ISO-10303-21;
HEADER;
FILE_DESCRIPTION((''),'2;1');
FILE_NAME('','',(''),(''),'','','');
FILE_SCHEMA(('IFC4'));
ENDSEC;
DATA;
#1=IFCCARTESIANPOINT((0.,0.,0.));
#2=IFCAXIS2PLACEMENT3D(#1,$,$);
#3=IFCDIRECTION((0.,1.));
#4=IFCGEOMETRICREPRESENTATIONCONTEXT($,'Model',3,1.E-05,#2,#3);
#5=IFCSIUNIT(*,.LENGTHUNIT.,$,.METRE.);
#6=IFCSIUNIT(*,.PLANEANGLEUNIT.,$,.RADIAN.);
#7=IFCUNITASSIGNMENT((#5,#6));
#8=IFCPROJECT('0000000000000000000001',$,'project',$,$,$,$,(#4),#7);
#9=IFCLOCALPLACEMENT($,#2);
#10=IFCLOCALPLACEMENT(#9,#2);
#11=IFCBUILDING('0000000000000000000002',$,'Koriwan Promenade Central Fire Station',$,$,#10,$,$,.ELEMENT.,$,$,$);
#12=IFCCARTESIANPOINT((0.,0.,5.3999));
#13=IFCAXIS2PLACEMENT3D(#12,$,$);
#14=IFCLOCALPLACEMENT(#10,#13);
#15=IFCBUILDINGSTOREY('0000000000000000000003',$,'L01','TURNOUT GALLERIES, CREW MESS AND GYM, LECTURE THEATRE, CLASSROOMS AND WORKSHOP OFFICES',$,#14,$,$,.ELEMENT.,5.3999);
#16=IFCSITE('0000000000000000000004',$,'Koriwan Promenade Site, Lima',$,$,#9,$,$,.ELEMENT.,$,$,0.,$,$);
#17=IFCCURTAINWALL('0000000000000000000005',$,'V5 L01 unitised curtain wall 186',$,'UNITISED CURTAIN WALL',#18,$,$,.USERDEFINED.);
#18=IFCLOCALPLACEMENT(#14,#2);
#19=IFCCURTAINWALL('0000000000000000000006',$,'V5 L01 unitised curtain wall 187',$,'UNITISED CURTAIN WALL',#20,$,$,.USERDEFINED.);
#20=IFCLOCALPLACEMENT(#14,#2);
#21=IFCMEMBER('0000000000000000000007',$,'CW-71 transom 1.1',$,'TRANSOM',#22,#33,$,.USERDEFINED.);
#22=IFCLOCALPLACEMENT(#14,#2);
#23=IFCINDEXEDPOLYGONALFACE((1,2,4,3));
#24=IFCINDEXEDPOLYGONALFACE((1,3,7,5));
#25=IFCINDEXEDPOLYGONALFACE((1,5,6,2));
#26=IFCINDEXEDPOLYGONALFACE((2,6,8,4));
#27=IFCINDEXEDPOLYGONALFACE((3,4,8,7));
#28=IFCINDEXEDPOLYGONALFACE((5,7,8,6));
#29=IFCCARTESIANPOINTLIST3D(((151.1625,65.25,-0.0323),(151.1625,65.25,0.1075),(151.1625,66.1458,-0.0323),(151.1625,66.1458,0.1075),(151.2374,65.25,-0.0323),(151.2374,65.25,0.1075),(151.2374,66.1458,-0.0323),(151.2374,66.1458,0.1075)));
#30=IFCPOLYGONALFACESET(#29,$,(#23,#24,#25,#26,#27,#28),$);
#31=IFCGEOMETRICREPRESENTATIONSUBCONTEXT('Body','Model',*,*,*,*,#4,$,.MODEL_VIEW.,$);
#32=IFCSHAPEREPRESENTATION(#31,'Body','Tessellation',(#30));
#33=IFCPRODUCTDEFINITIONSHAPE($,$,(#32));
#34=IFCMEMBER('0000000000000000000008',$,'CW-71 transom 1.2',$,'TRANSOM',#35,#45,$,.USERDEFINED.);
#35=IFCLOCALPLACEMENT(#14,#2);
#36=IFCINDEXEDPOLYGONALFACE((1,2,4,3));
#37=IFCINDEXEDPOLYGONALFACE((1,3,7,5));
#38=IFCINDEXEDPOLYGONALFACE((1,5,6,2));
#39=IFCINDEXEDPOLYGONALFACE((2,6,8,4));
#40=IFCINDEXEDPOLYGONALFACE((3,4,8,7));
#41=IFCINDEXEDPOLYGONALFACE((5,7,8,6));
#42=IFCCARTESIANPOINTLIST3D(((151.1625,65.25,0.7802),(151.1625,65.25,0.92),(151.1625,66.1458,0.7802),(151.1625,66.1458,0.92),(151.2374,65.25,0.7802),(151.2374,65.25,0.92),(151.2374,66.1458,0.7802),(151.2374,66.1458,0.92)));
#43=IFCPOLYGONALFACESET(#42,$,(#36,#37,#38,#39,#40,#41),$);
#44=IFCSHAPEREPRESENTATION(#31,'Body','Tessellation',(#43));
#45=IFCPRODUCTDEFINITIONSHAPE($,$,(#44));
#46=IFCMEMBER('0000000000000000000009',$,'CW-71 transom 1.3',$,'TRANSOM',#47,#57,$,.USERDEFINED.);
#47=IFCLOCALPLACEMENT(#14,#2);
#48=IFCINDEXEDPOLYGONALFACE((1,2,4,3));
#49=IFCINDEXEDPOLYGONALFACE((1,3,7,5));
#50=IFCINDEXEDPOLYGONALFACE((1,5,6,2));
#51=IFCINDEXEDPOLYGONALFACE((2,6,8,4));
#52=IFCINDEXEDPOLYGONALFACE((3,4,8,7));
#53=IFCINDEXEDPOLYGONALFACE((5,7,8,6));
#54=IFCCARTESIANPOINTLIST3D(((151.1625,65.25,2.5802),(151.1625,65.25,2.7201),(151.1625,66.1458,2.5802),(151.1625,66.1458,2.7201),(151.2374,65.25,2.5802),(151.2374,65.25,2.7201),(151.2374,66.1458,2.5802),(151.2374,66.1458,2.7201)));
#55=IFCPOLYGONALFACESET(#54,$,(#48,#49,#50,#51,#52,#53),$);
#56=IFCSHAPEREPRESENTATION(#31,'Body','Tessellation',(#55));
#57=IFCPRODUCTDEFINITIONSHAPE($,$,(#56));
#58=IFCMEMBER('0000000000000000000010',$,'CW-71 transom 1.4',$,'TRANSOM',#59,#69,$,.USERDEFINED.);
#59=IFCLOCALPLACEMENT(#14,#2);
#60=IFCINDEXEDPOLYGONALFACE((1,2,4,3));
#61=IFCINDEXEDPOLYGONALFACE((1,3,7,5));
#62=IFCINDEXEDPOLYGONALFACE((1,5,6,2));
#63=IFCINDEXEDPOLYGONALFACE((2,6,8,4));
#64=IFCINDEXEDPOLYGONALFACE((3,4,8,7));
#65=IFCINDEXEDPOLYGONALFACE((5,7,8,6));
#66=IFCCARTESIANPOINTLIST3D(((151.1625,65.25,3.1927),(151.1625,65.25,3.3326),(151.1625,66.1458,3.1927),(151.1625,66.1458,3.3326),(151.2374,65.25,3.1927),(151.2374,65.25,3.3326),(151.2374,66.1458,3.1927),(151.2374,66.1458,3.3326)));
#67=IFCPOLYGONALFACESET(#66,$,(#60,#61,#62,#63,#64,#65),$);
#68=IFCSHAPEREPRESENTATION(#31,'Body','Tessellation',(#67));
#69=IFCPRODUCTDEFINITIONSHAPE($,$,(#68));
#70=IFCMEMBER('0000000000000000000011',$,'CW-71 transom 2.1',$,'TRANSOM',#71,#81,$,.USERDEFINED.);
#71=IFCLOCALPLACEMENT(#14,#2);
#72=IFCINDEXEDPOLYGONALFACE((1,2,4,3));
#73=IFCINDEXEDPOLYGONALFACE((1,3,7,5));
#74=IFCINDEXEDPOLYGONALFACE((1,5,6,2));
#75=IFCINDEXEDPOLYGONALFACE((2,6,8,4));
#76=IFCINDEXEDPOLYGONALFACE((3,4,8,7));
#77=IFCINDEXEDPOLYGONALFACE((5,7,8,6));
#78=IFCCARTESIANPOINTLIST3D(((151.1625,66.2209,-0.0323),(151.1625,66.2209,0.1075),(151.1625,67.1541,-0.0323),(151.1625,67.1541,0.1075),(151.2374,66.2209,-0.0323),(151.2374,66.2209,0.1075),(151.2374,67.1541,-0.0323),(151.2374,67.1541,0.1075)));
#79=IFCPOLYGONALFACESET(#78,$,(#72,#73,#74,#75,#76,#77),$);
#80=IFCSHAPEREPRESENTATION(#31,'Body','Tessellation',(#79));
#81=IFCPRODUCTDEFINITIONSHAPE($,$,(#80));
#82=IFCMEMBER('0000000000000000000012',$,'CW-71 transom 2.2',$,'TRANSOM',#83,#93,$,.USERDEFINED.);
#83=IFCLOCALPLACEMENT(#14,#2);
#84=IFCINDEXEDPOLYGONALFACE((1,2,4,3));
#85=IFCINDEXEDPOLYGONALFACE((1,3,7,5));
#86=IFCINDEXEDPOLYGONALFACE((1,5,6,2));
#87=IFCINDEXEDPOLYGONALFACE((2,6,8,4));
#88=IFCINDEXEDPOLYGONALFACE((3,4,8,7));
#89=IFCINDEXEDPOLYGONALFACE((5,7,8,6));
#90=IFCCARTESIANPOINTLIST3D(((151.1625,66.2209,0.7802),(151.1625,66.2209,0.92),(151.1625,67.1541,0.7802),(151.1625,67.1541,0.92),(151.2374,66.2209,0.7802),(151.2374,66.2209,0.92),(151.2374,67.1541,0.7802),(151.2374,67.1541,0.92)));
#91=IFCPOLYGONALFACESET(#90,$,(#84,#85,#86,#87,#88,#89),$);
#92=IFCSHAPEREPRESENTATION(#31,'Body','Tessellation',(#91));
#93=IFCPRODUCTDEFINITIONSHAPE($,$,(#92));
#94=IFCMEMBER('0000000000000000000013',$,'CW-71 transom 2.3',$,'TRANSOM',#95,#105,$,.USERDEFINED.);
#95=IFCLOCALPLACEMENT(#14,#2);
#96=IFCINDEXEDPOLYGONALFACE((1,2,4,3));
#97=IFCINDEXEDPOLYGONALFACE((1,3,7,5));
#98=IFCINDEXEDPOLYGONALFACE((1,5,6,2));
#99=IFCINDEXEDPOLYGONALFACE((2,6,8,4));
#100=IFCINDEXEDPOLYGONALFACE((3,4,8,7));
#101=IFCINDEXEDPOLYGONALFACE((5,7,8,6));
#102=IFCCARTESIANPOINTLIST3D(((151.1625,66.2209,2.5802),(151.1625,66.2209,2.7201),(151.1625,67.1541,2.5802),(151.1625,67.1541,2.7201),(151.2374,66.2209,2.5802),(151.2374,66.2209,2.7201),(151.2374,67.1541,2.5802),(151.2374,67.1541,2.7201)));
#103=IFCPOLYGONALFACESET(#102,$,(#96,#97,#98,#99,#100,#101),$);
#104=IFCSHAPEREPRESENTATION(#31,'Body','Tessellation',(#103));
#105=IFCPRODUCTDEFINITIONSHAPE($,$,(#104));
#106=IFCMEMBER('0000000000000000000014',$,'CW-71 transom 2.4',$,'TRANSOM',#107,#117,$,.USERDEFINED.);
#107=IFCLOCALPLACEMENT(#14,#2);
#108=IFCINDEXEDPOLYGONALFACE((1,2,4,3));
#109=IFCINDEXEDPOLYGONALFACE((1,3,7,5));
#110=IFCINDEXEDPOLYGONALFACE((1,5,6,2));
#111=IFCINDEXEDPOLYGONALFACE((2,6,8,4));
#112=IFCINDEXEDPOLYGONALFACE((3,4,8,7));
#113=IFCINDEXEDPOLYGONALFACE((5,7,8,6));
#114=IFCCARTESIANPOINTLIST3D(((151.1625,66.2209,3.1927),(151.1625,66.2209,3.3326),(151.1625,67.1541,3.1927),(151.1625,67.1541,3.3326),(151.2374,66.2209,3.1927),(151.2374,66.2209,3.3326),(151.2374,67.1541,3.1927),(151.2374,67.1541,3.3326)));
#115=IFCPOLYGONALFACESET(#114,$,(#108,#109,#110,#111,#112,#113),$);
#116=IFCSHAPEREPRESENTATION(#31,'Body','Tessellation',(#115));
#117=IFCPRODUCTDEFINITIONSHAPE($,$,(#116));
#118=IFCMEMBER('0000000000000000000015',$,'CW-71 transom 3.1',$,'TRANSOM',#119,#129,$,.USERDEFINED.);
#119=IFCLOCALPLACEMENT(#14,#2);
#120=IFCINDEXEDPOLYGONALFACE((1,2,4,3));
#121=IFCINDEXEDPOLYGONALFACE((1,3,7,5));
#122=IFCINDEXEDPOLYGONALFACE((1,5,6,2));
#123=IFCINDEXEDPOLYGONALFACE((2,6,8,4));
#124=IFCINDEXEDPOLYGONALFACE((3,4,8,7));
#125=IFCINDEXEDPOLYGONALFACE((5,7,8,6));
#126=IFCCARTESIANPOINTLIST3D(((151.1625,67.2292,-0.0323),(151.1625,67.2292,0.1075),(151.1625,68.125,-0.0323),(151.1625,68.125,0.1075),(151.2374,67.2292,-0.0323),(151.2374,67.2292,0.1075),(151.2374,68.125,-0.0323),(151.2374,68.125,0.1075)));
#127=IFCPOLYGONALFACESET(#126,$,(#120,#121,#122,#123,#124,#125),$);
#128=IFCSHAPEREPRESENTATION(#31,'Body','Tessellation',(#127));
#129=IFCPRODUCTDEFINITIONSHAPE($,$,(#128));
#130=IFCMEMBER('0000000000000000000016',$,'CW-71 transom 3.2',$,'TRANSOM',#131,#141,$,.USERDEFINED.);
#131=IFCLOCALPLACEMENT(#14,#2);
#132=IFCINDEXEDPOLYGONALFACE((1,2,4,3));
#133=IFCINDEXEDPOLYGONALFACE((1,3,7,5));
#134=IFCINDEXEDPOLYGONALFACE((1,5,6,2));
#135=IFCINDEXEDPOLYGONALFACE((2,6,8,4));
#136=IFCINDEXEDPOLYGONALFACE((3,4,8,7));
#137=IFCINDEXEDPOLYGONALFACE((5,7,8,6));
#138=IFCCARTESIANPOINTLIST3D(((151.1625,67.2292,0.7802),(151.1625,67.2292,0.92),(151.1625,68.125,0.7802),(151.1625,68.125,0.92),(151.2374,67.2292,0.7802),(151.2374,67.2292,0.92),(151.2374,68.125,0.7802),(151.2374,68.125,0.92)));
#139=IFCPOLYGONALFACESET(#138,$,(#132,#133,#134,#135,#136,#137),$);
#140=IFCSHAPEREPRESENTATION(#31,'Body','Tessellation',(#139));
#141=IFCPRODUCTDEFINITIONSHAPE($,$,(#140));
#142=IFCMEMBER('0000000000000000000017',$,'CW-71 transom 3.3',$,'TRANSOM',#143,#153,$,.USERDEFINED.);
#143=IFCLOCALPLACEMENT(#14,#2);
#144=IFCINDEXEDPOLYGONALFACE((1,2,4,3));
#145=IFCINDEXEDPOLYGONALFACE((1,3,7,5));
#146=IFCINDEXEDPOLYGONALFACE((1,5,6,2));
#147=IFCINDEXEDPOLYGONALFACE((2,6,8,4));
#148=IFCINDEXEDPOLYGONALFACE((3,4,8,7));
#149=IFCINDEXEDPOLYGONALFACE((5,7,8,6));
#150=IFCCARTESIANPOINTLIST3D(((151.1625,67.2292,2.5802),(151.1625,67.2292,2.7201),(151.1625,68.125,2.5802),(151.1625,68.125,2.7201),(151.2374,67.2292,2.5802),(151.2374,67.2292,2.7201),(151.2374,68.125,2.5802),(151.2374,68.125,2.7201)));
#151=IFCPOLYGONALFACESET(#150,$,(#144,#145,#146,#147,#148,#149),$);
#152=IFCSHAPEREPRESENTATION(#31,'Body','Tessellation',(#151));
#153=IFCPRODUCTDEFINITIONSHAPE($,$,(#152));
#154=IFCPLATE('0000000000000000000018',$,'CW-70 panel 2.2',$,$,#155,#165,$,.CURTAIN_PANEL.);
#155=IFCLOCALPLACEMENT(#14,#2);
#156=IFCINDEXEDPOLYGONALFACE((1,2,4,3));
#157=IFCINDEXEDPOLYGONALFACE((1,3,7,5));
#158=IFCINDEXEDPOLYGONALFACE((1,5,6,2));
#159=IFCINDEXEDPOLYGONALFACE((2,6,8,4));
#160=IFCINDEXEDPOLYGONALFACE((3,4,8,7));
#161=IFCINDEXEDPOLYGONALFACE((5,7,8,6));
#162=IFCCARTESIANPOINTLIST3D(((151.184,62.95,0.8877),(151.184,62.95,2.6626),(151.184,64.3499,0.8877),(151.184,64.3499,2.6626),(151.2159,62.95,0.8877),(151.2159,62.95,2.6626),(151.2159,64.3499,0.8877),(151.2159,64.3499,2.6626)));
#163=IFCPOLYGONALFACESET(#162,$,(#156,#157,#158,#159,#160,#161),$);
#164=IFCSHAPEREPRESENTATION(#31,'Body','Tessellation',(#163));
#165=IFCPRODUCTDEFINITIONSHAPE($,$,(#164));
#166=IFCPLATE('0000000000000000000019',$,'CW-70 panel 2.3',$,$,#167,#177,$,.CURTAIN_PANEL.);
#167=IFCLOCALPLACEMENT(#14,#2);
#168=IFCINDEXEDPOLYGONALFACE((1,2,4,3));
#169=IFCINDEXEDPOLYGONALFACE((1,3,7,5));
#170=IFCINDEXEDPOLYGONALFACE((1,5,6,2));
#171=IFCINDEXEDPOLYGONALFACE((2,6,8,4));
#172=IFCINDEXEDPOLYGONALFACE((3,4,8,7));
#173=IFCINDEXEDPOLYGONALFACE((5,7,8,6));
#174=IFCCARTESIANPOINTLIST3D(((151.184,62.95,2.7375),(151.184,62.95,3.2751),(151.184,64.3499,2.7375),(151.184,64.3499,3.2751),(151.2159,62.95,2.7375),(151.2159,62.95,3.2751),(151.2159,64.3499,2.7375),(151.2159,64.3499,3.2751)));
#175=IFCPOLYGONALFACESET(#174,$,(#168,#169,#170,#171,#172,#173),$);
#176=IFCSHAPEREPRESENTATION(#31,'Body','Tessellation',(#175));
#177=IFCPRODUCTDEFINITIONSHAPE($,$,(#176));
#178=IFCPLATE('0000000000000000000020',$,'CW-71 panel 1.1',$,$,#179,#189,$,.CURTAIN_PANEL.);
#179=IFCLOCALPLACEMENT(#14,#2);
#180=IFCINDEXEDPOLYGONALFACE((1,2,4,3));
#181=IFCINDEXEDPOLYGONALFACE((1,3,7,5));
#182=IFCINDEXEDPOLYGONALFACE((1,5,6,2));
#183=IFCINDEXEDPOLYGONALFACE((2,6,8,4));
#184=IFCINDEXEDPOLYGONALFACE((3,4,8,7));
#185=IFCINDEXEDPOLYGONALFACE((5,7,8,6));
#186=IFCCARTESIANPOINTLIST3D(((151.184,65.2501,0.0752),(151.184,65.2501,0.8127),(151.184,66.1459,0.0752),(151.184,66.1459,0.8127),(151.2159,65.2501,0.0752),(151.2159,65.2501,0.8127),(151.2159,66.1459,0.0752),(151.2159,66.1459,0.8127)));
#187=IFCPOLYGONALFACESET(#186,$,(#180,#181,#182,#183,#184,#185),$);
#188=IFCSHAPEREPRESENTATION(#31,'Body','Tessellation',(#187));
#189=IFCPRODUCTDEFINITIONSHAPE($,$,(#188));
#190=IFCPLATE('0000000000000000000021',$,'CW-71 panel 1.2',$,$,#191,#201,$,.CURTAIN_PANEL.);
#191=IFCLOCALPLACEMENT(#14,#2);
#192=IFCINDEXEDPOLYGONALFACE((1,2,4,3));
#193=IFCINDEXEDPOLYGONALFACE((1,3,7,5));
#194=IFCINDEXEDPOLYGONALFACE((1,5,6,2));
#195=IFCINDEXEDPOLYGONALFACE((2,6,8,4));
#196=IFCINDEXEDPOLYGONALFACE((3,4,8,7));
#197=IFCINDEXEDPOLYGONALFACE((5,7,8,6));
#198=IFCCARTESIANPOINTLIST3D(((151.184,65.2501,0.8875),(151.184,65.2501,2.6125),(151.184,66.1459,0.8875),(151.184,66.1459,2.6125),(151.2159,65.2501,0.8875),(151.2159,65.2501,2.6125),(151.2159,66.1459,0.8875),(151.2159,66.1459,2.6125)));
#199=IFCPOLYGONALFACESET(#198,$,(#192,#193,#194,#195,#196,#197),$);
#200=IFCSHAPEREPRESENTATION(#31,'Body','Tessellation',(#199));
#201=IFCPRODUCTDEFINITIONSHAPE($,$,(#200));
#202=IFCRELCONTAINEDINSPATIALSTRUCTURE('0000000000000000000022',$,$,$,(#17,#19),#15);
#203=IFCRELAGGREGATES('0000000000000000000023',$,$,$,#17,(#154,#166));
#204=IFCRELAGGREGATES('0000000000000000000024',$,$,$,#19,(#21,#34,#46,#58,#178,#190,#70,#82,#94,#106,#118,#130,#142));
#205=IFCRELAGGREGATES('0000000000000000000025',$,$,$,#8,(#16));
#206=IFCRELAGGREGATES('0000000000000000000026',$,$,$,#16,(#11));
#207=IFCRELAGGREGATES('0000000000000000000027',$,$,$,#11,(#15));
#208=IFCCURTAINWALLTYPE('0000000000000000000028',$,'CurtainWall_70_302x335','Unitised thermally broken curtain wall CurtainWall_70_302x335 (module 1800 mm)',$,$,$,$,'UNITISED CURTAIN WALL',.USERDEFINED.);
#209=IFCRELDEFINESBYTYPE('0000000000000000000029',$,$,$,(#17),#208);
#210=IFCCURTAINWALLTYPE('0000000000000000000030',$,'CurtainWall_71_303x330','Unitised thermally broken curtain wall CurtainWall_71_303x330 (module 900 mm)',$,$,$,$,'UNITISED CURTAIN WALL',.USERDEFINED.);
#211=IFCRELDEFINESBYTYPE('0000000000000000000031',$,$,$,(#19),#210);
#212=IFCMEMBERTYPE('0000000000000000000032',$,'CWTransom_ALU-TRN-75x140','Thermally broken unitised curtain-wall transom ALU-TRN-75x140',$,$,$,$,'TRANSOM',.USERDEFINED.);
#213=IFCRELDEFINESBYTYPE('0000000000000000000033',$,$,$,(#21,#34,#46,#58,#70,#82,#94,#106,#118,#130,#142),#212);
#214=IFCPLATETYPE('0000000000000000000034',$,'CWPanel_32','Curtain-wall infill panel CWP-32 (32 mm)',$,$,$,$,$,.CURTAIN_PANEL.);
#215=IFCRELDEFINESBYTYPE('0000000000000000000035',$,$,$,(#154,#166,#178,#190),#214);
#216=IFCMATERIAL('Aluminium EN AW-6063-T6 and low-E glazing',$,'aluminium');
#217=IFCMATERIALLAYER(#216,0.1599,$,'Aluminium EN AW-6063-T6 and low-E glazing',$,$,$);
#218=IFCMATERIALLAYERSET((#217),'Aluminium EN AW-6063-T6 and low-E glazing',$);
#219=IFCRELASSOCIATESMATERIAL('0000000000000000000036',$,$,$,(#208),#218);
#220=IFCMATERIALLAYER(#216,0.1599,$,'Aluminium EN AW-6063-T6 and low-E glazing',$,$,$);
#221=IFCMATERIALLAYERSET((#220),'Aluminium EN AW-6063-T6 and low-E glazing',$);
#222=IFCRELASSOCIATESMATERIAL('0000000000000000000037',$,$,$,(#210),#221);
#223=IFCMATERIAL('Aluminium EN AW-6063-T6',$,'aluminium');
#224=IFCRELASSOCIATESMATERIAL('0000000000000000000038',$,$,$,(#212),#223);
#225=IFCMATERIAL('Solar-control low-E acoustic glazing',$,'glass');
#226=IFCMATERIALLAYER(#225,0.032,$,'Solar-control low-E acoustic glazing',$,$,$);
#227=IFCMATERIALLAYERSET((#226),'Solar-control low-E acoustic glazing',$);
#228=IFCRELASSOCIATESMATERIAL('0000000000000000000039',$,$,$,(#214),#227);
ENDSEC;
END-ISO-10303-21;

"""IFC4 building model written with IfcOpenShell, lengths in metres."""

from ifc_helpers import new_model, si_unit, direction, frame, origin, origin_2d, place, context, subcontext, project, spatial, rectangle, extrude, material, layer, layer_set, material_profile, profile_set, type_object, element, aggregate, save


model = new_model("IFC4")

# Units and contexts
model_context = context("Model", 3, precision=1e-05, world=origin(), true_north=direction((0.0, 1.0)))
body_context = subcontext(model_context, "Body", "Model", "MODEL_VIEW")
ifc_project = project(units=[si_unit("LENGTHUNIT", "METRE"), si_unit("PLANEANGLEUNIT", "RADIAN")], contexts=[model_context])

# Site, building, storey
site_placement = place(None, origin())
site = spatial("IfcSite", under=ifc_project, at=site_placement, Name="Koriwan Promenade Site, Lima", CompositionType="ELEMENT", RefElevation=0.0)
building_placement = place(site_placement, origin())
building = spatial("IfcBuilding", under=site, at=building_placement, Name="Koriwan Promenade Central Fire Station", CompositionType="ELEMENT")
storey_placement = place(building_placement, frame((0.0, 0.0, 5.3999)))
storey = spatial("IfcBuildingStorey", under=building, at=storey_placement, Name="L01", Description="TURNOUT GALLERIES, CREW MESS AND GYM, LECTURE THEATRE, CLASSROOMS AND WORKSHOP OFFICES", CompositionType="ELEMENT", Elevation=5.3999)

# Curtain wall
ifc_material_1 = material(Name="Aluminium EN AW-6063-T6 and low-E glazing", Category="aluminium")
ifc_layer_1 = layer(ifc_material_1, 0.1599, Name="Aluminium EN AW-6063-T6 and low-E glazing")
ifc_layer_set_1 = layer_set([ifc_layer_1], Name="Aluminium EN AW-6063-T6 and low-E glazing")
curtain_wall_type_1 = type_object("IfcCurtainWallType", Name="CurtainWall_70_302x335", Description="Unitised thermally broken curtain wall CurtainWall_70_302x335 (module 1800 mm)", ElementType="UNITISED CURTAIN WALL", PredefinedType="USERDEFINED", material=ifc_layer_set_1)
curtain_wall_1_placement = place(storey_placement, origin())
curtain_wall_1 = element("IfcCurtainWall", 1, at=curtain_wall_1_placement, inside=storey, type_object=curtain_wall_type_1, Name="V5 L01 unitised curtain wall 186", ObjectType="UNITISED CURTAIN WALL", PredefinedType="USERDEFINED")
ifc_material_2 = material(Name="Aluminium EN AW-6063-T6", Category="aluminium")

# Curtain wall, members
ifc_layer_2 = layer(ifc_material_1, 0.1599, Name="Aluminium EN AW-6063-T6 and low-E glazing")
ifc_layer_set_2 = layer_set([ifc_layer_2], Name="Aluminium EN AW-6063-T6 and low-E glazing")
curtain_wall_type_2 = type_object("IfcCurtainWallType", Name="CurtainWall_71_303x330", Description="Unitised thermally broken curtain wall CurtainWall_71_303x330 (module 900 mm)", ElementType="UNITISED CURTAIN WALL", PredefinedType="USERDEFINED", material=ifc_layer_set_2)
curtain_wall_2_placement = place(storey_placement, origin())
curtain_wall_2 = element("IfcCurtainWall", 2, at=curtain_wall_2_placement, inside=storey, type_object=curtain_wall_type_2, Name="V5 L01 unitised curtain wall 187", ObjectType="UNITISED CURTAIN WALL", PredefinedType="USERDEFINED")
ifc_material_profile_1 = material_profile(ifc_material_2, rectangle(XDim=0.075, YDim=0.1399, at=origin_2d()), Name="ALU-TRN-75x140")
ifc_profile_set_1 = profile_set([ifc_material_profile_1], Name="Aluminium EN AW-6063-T6")
member_type_1 = type_object("IfcMemberType", Name="CWTransom_ALU-TRN-75x140", Description="Thermally broken unitised curtain-wall transom ALU-TRN-75x140", ElementType="TRANSOM", PredefinedType="USERDEFINED", material=ifc_profile_set_1)
member_1_placement = place(storey_placement, frame((151.2, 65.25, 0.0376), z_axis=(0.0, 1.0, 0.0), x_axis=(-1.0, 0.0, 0.0)))
member_1 = element("IfcMember", 3, at=member_1_placement, type_object=member_type_1, Name="CW-71 transom 1.1", ObjectType="TRANSOM", PredefinedType="USERDEFINED", context=body_context, shape_type="SweptSolid", body=[
    extrude(rectangle(XDim=0.075, YDim=0.1399, at=origin_2d()), origin(), (0.0, 0.0, 1.0), 0.8958),
])
member_2_placement = place(storey_placement, frame((151.2, 65.25, 0.8501), z_axis=(0.0, 1.0, 0.0), x_axis=(-1.0, 0.0, 0.0)))
member_2 = element("IfcMember", 4, at=member_2_placement, type_object=member_type_1, Name="CW-71 transom 1.2", ObjectType="TRANSOM", PredefinedType="USERDEFINED", context=body_context, shape_type="SweptSolid", body=[
    extrude(rectangle(XDim=0.075, YDim=0.1399, at=origin_2d()), origin(), (0.0, 0.0, 1.0), 0.8958),
])
member_3_placement = place(storey_placement, frame((151.2, 65.25, 2.6501), z_axis=(0.0, 1.0, 0.0), x_axis=(-1.0, 0.0, 0.0)))
member_3 = element("IfcMember", 5, at=member_3_placement, type_object=member_type_1, Name="CW-71 transom 1.3", ObjectType="TRANSOM", PredefinedType="USERDEFINED", context=body_context, shape_type="SweptSolid", body=[
    extrude(rectangle(XDim=0.075, YDim=0.1399, at=origin_2d()), origin(), (0.0, 0.0, 1.0), 0.8958),
])
member_4_placement = place(storey_placement, frame((151.2, 65.25, 3.2627), z_axis=(0.0, 1.0, 0.0), x_axis=(-1.0, 0.0, 0.0)))
member_4 = element("IfcMember", 6, at=member_4_placement, type_object=member_type_1, Name="CW-71 transom 1.4", ObjectType="TRANSOM", PredefinedType="USERDEFINED", context=body_context, shape_type="SweptSolid", body=[
    extrude(rectangle(XDim=0.075, YDim=0.1399, at=origin_2d()), origin(), (0.0, 0.0, 1.0), 0.8958),
])
member_5_placement = place(storey_placement, frame((151.2, 66.2209, 0.0376), z_axis=(0.0, 1.0, 0.0), x_axis=(-1.0, 0.0, 0.0)))
member_5 = element("IfcMember", 7, at=member_5_placement, type_object=member_type_1, Name="CW-71 transom 2.1", ObjectType="TRANSOM", PredefinedType="USERDEFINED", context=body_context, shape_type="SweptSolid", body=[
    extrude(rectangle(XDim=0.075, YDim=0.1399, at=origin_2d()), origin(), (0.0, 0.0, 1.0), 0.9331),
])
member_6_placement = place(storey_placement, frame((151.2, 66.2209, 0.8501), z_axis=(0.0, 1.0, 0.0), x_axis=(-1.0, 0.0, 0.0)))
member_6 = element("IfcMember", 8, at=member_6_placement, type_object=member_type_1, Name="CW-71 transom 2.2", ObjectType="TRANSOM", PredefinedType="USERDEFINED", context=body_context, shape_type="SweptSolid", body=[
    extrude(rectangle(XDim=0.075, YDim=0.1399, at=origin_2d()), origin(), (0.0, 0.0, 1.0), 0.9331),
])
member_7_placement = place(storey_placement, frame((151.2, 66.2209, 2.6501), z_axis=(0.0, 1.0, 0.0), x_axis=(-1.0, 0.0, 0.0)))
member_7 = element("IfcMember", 9, at=member_7_placement, type_object=member_type_1, Name="CW-71 transom 2.3", ObjectType="TRANSOM", PredefinedType="USERDEFINED", context=body_context, shape_type="SweptSolid", body=[
    extrude(rectangle(XDim=0.075, YDim=0.1399, at=origin_2d()), origin(), (0.0, 0.0, 1.0), 0.9331),
])
member_8_placement = place(storey_placement, frame((151.2, 66.2209, 3.2627), z_axis=(0.0, 1.0, 0.0), x_axis=(-1.0, 0.0, 0.0)))
member_8 = element("IfcMember", 10, at=member_8_placement, type_object=member_type_1, Name="CW-71 transom 2.4", ObjectType="TRANSOM", PredefinedType="USERDEFINED", context=body_context, shape_type="SweptSolid", body=[
    extrude(rectangle(XDim=0.075, YDim=0.1399, at=origin_2d()), origin(), (0.0, 0.0, 1.0), 0.9331),
])
member_9_placement = place(storey_placement, frame((151.2, 67.2292, 0.0376), z_axis=(0.0, 1.0, 0.0), x_axis=(-1.0, 0.0, 0.0)))
member_9 = element("IfcMember", 11, at=member_9_placement, type_object=member_type_1, Name="CW-71 transom 3.1", ObjectType="TRANSOM", PredefinedType="USERDEFINED", context=body_context, shape_type="SweptSolid", body=[
    extrude(rectangle(XDim=0.075, YDim=0.1399, at=origin_2d()), origin(), (0.0, 0.0, 1.0), 0.8958),
])
member_10_placement = place(storey_placement, frame((151.2, 67.2292, 0.8501), z_axis=(0.0, 1.0, 0.0), x_axis=(-1.0, 0.0, 0.0)))
member_10 = element("IfcMember", 12, at=member_10_placement, type_object=member_type_1, Name="CW-71 transom 3.2", ObjectType="TRANSOM", PredefinedType="USERDEFINED", context=body_context, shape_type="SweptSolid", body=[
    extrude(rectangle(XDim=0.075, YDim=0.1399, at=origin_2d()), origin(), (0.0, 0.0, 1.0), 0.8958),
])
member_11_placement = place(storey_placement, frame((151.2, 67.2292, 2.6501), z_axis=(0.0, 1.0, 0.0), x_axis=(-1.0, 0.0, 0.0)))
member_11 = element("IfcMember", 13, at=member_11_placement, type_object=member_type_1, Name="CW-71 transom 3.3", ObjectType="TRANSOM", PredefinedType="USERDEFINED", context=body_context, shape_type="SweptSolid", body=[
    extrude(rectangle(XDim=0.075, YDim=0.1399, at=origin_2d()), origin(), (0.0, 0.0, 1.0), 0.8958),
])

# Plates
ifc_material_3 = material(Name="Solar-control low-E acoustic glazing", Category="glass")
ifc_layer_3 = layer(ifc_material_3, 0.032, Name="Solar-control low-E acoustic glazing")
ifc_layer_set_3 = layer_set([ifc_layer_3], Name="Solar-control low-E acoustic glazing")
plate_type = type_object("IfcPlateType", Name="CWPanel_32", Description="Curtain-wall infill panel CWP-32 (32 mm)", PredefinedType="CURTAIN_PANEL", material=ifc_layer_set_3)
plate_1_placement = place(storey_placement, frame((151.2, 63.6499, 0.8877), z_axis=(0.0, 0.0, 1.0), x_axis=(0.0, 1.0, 0.0)))
plate_1 = element("IfcPlate", 14, at=plate_1_placement, type_object=plate_type, Name="CW-70 panel 2.2", PredefinedType="CURTAIN_PANEL", context=body_context, shape_type="SweptSolid", body=[
    extrude(rectangle(XDim=1.3999, YDim=0.032, at=origin_2d()), origin(), (0.0, 0.0, 1.0), 1.7749),
])
plate_2_placement = place(storey_placement, frame((151.2, 63.6499, 2.7375), z_axis=(0.0, 0.0, 1.0), x_axis=(0.0, 1.0, 0.0)))
plate_2 = element("IfcPlate", 15, at=plate_2_placement, type_object=plate_type, Name="CW-70 panel 2.3", PredefinedType="CURTAIN_PANEL", context=body_context, shape_type="SweptSolid", body=[
    extrude(rectangle(XDim=1.3999, YDim=0.032, at=origin_2d()), origin(), (0.0, 0.0, 1.0), 0.5376),
])
aggregate(curtain_wall_1, [plate_1, plate_2])
plate_3_placement = place(storey_placement, frame((151.2, 65.698, 0.0752), z_axis=(0.0, 0.0, 1.0), x_axis=(0.0, 1.0, 0.0)))
plate_3 = element("IfcPlate", 16, at=plate_3_placement, type_object=plate_type, Name="CW-71 panel 1.1", PredefinedType="CURTAIN_PANEL", context=body_context, shape_type="SweptSolid", body=[
    extrude(rectangle(XDim=0.8958, YDim=0.032, at=origin_2d()), origin(), (0.0, 0.0, 1.0), 0.7375),
])
plate_4_placement = place(storey_placement, frame((151.2, 65.698, 0.8875), z_axis=(0.0, 0.0, 1.0), x_axis=(0.0, 1.0, 0.0)))
plate_4 = element("IfcPlate", 17, at=plate_4_placement, type_object=plate_type, Name="CW-71 panel 1.2", PredefinedType="CURTAIN_PANEL", context=body_context, shape_type="SweptSolid", body=[
    extrude(rectangle(XDim=0.8958, YDim=0.032, at=origin_2d()), origin(), (0.0, 0.0, 1.0), 1.7251),
])
aggregate(curtain_wall_2, [member_1, member_2, member_3, member_4, plate_3, plate_4, member_5, member_6, member_7, member_8, member_9, member_10, member_11])

save(model, "model.ifc")
